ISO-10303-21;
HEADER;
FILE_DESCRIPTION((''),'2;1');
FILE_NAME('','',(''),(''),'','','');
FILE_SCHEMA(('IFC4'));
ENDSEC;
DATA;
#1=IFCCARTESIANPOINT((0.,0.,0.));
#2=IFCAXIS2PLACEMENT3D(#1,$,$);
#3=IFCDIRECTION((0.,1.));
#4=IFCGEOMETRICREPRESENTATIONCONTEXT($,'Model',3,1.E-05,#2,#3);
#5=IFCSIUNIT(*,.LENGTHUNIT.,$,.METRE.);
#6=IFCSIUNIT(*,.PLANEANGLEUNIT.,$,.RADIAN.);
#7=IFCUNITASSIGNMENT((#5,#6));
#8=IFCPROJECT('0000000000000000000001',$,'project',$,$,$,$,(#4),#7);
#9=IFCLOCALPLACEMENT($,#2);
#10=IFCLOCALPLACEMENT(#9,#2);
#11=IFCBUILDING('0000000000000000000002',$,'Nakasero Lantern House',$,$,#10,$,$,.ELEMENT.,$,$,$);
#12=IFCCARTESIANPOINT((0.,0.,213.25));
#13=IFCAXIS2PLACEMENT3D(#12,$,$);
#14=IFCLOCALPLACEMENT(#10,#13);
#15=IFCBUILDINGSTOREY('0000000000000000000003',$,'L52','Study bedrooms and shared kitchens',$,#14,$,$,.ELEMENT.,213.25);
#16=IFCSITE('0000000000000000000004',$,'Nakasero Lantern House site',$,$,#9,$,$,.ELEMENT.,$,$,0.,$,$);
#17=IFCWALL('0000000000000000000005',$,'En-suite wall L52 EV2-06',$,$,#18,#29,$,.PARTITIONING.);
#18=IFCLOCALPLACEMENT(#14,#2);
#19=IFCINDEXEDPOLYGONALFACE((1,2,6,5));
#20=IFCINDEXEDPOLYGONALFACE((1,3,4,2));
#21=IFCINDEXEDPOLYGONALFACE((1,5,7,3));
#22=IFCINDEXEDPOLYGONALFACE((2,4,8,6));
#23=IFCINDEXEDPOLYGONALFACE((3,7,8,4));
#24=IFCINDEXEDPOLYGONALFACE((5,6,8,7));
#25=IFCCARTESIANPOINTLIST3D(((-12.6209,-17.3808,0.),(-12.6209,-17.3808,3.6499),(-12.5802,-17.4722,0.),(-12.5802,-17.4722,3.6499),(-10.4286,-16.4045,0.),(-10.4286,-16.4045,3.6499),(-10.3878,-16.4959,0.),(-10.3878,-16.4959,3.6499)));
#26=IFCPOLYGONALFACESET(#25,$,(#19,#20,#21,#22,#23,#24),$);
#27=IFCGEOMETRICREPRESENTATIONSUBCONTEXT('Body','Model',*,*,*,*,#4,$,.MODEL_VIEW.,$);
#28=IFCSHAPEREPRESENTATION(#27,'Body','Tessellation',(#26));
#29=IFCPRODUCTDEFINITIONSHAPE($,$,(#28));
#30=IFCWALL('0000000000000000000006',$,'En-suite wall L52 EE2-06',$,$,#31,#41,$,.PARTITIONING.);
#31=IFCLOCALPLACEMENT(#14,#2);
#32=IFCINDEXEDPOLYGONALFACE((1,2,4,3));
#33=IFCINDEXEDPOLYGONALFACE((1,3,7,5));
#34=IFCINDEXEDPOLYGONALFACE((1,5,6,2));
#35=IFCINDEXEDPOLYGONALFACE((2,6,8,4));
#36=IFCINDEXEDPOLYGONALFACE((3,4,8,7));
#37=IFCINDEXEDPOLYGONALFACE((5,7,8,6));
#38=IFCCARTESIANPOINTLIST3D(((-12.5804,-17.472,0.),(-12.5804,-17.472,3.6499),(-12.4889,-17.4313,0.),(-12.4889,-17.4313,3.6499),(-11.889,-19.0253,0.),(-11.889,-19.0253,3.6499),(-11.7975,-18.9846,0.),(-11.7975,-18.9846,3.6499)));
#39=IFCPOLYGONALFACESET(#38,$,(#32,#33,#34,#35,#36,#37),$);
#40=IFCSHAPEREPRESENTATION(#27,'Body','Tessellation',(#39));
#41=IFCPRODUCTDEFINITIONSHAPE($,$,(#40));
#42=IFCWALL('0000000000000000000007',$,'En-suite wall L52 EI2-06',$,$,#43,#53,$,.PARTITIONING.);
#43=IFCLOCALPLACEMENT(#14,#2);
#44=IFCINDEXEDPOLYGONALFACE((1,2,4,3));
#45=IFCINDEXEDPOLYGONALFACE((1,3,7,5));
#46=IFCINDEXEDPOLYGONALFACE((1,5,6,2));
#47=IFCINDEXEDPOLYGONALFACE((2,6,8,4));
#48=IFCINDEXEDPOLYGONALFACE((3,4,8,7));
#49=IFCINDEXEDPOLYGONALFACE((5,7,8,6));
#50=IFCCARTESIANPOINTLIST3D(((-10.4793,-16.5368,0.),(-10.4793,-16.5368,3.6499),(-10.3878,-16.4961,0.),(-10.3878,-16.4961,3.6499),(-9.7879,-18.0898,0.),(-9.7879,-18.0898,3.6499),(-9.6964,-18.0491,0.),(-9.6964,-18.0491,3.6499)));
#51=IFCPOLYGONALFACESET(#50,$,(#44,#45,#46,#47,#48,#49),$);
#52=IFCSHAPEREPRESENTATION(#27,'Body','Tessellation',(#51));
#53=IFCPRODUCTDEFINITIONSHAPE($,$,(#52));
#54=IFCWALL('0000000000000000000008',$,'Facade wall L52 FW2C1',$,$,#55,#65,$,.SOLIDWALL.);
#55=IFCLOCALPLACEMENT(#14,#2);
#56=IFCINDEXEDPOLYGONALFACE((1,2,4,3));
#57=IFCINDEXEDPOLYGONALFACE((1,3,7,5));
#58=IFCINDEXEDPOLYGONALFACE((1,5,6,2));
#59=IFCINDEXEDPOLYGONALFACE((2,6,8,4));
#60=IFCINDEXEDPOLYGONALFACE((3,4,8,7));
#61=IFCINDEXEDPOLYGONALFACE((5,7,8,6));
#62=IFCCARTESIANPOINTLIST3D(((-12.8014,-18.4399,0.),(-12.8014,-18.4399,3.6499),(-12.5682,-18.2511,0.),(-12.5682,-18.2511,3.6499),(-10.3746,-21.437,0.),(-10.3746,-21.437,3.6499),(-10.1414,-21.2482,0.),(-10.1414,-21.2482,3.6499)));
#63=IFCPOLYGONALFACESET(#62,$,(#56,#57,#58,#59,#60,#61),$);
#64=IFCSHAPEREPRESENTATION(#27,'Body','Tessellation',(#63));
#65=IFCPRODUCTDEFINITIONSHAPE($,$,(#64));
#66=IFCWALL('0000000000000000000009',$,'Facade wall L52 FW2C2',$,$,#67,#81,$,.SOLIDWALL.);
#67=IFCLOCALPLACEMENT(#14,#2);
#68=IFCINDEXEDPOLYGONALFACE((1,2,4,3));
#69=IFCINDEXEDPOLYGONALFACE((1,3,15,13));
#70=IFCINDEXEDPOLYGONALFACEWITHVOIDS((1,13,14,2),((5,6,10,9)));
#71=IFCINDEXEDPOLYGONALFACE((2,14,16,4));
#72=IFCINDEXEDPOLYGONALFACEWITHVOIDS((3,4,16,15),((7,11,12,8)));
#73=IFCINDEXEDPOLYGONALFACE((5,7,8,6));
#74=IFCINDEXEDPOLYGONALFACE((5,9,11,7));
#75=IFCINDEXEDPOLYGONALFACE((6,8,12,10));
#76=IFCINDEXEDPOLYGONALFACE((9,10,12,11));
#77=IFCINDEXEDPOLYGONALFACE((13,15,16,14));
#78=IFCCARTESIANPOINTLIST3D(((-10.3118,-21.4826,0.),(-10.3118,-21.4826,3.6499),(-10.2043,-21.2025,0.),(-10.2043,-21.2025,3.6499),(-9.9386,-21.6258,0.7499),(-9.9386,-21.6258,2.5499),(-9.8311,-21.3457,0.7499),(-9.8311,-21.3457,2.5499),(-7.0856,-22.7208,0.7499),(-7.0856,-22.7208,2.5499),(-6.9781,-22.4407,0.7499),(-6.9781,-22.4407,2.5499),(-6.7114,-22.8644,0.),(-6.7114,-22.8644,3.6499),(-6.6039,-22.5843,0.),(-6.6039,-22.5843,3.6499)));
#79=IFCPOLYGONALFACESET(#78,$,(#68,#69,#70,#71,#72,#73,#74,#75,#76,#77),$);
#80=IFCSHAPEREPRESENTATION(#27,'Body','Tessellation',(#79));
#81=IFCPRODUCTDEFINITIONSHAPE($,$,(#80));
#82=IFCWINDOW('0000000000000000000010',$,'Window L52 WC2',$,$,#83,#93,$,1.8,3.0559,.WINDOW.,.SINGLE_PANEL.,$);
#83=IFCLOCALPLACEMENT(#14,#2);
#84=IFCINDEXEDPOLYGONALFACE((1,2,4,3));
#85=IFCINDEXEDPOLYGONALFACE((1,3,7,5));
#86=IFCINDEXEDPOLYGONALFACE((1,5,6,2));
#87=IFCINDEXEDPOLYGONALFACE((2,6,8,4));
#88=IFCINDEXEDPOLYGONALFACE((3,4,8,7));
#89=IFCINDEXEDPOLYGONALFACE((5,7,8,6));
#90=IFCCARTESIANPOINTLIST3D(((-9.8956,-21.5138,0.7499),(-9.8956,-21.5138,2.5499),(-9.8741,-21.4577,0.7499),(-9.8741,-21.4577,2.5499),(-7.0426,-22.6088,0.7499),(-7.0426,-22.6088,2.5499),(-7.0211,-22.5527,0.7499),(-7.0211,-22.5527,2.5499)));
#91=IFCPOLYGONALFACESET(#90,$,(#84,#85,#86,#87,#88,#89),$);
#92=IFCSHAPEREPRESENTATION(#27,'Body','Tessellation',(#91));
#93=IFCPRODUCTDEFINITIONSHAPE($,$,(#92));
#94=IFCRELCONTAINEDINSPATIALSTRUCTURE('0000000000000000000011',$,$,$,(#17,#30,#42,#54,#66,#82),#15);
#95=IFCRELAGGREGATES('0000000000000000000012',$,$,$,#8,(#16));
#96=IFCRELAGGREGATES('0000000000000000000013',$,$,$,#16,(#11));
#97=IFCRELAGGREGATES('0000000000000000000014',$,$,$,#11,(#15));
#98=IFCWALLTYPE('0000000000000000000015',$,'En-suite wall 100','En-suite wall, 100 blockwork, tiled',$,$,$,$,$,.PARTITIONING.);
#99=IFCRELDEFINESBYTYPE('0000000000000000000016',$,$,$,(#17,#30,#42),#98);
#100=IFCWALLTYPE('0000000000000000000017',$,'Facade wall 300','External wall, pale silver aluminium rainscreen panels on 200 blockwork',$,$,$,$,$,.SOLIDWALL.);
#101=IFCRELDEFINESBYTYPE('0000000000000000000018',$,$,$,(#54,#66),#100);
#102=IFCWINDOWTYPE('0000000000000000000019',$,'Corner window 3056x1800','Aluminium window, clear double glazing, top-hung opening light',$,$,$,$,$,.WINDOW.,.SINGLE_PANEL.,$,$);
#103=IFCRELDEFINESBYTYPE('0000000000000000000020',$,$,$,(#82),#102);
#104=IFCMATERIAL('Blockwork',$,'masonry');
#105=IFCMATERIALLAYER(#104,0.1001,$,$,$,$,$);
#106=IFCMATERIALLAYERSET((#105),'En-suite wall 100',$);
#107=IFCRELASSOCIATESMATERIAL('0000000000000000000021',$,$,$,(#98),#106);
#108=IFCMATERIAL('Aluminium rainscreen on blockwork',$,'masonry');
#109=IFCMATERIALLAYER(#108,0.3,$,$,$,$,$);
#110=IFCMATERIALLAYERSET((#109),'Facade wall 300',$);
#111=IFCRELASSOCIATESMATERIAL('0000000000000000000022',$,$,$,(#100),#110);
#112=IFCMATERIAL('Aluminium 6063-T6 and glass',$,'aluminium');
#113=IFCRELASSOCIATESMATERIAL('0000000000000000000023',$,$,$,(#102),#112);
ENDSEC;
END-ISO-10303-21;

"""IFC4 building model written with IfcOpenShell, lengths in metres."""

from ifc_helpers import new_model, si_unit, direction, frame, frame_2d, origin, place, context, subcontext, project, spatial, rectangle, extrude, material, layer, layer_set, type_object, element, fill, save


model = new_model("IFC4")

# Units and contexts
model_context = context("Model", 3, precision=1e-05, world=origin(), true_north=direction((0.0, 1.0)))
body_context = subcontext(model_context, "Body", "Model", "MODEL_VIEW")
ifc_project = project(units=[si_unit("LENGTHUNIT", "METRE"), si_unit("PLANEANGLEUNIT", "RADIAN")], contexts=[model_context])

# Site, building, storey
site_placement = place(None, origin())
site = spatial("IfcSite", under=ifc_project, at=site_placement, Name="Nakasero Lantern House site", CompositionType="ELEMENT", RefElevation=0.0)
building_placement = place(site_placement, origin())
building = spatial("IfcBuilding", under=site, at=building_placement, Name="Nakasero Lantern House", CompositionType="ELEMENT")
storey_placement = place(building_placement, frame((0.0, 0.0, 213.25)))
storey = spatial("IfcBuildingStorey", under=building, at=storey_placement, Name="L52", Description="Study bedrooms and shared kitchens", CompositionType="ELEMENT", Elevation=213.25)

# Shared definitions
ifc_material_1 = material(Name="Blockwork", Category="masonry")
ifc_layer_1 = layer(ifc_material_1, 0.1001)
ifc_layer_set_1 = layer_set([ifc_layer_1], Name="En-suite wall 100")
wall_type_1 = type_object("IfcWallType", Name="En-suite wall 100", Description="En-suite wall, 100 blockwork, tiled", PredefinedType="PARTITIONING", material=ifc_layer_set_1)

# Walls
wall_1_placement = place(storey_placement, frame((-10.4082, -16.4502, 0.0), z_axis=(0.0, 0.0, 1.0), x_axis=(-0.913513, -0.406809, 0.0)))
element("IfcWall", 1, at=wall_1_placement, inside=storey, type_object=wall_type_1, Name="En-suite wall L52 EV2-06", PredefinedType="PARTITIONING", context=body_context, shape_type="SweptSolid", body=[
    extrude(rectangle(XDim=2.3999, YDim=0.1001, at=frame_2d((1.2, 0.0))), origin(), (0.0, 0.0, 1.0), 3.6499),
])
wall_2_placement = place(storey_placement, frame((-12.5347, -17.4517, 0.0), z_axis=(0.0, 0.0, 1.0), x_axis=(0.406671, -0.913575, 0.0)))
element("IfcWall", 2, at=wall_2_placement, inside=storey, type_object=wall_type_1, Name="En-suite wall L52 EE2-06", PredefinedType="PARTITIONING", context=body_context, shape_type="SweptSolid", body=[
    extrude(rectangle(XDim=1.7002, YDim=0.1001, at=frame_2d((0.8501, 0.0))), origin(), (0.0, 0.0, 1.0), 3.6499),
])
wall_3_placement = place(storey_placement, frame((-10.4336, -16.5164, 0.0), z_axis=(0.0, 0.0, 1.0), x_axis=(0.406725, -0.913551, 0.0)))
element("IfcWall", 3, at=wall_3_placement, inside=storey, type_object=wall_type_1, Name="En-suite wall L52 EI2-06", PredefinedType="PARTITIONING", context=body_context, shape_type="SweptSolid", body=[
    extrude(rectangle(XDim=1.7, YDim=0.1001, at=frame_2d((0.8501, 0.0))), origin(), (0.0, 0.0, 1.0), 3.6499),
])
ifc_material_2 = material(Name="Aluminium rainscreen on blockwork", Category="masonry")
ifc_layer_2 = layer(ifc_material_2, 0.3)
ifc_layer_set_2 = layer_set([ifc_layer_2], Name="Facade wall 300")
wall_type_2 = type_object("IfcWallType", Name="Facade wall 300", Description="External wall, pale silver aluminium rainscreen panels on 200 blockwork", PredefinedType="SOLIDWALL", material=ifc_layer_set_2)
wall_4_placement = place(storey_placement, frame((-12.6848, -18.3455, 0.0), z_axis=(0.0, 0.0, 1.0), x_axis=(0.629286, -0.777174, 0.0)))
element("IfcWall", 4, at=wall_4_placement, inside=storey, type_object=wall_type_2, Name="Facade wall L52 FW2C1", PredefinedType="SOLIDWALL", context=body_context, shape_type="SweptSolid", body=[
    extrude(rectangle(XDim=3.8564, YDim=0.3, at=frame_2d((1.9282, 0.0))), origin(), (0.0, 0.0, 1.0), 3.6499),
])

# Wall, opening, window
wall_5_placement = place(storey_placement, frame((-10.2581, -21.3425, 0.0), z_axis=(0.0, 0.0, 1.0), x_axis=(0.933598, -0.358321, 0.0)))
wall_5 = element("IfcWall", 5, at=wall_5_placement, inside=storey, type_object=wall_type_2, Name="Facade wall L52 FW2C2", PredefinedType="SOLIDWALL", context=body_context, shape_type="SweptSolid", body=[
    extrude(rectangle(XDim=3.8564, YDim=0.3, at=frame_2d((1.9282, 0.0))), origin(), (0.0, 0.0, 1.0), 3.6499),
])
opening_1_placement = place(wall_5_placement, frame((0.3999, 0.0, 0.75)))
opening_1 = element("IfcOpeningElement", 6, at=opening_1_placement, cuts=wall_5, PredefinedType="OPENING", context=body_context, shape_type="SweptSolid", body=[
    extrude(rectangle(XDim=3.0559, YDim=1.8, at=frame_2d((1.5278, 0.8999))), frame((0.0, 0.1699, 0.0), z_axis=(0.0, -1.0, 0.0), x_axis=(1.0, 0.0, 0.0)), (0.0, 0.0, 1.0), 0.3401),
])
ifc_material_3 = material(Name="Aluminium 6063-T6 and glass", Category="aluminium")
window_type = type_object("IfcWindowType", Name="Corner window 3056x1800", Description="Aluminium window, clear double glazing, top-hung opening light", PartitioningType="SINGLE_PANEL", PredefinedType="WINDOW", material=ifc_material_3)
window_placement = place(opening_1_placement, origin())
window = element("IfcWindow", 7, at=window_placement, inside=storey, type_object=window_type, Name="Window L52 WC2", OverallHeight=1.8, OverallWidth=3.0559, PartitioningType="SINGLE_PANEL", PredefinedType="WINDOW", context=body_context, shape_type="SweptSolid", body=[
    extrude(rectangle(XDim=3.0559, YDim=1.8, at=frame_2d((1.5278, 0.8999))), frame((0.0, 0.03, 0.0), z_axis=(0.0, -1.0, 0.0), x_axis=(1.0, 0.0, 0.0)), (0.0, 0.0, 1.0), 0.0601),
])
fill(opening_1, window)

save(model, "model.ifc")
